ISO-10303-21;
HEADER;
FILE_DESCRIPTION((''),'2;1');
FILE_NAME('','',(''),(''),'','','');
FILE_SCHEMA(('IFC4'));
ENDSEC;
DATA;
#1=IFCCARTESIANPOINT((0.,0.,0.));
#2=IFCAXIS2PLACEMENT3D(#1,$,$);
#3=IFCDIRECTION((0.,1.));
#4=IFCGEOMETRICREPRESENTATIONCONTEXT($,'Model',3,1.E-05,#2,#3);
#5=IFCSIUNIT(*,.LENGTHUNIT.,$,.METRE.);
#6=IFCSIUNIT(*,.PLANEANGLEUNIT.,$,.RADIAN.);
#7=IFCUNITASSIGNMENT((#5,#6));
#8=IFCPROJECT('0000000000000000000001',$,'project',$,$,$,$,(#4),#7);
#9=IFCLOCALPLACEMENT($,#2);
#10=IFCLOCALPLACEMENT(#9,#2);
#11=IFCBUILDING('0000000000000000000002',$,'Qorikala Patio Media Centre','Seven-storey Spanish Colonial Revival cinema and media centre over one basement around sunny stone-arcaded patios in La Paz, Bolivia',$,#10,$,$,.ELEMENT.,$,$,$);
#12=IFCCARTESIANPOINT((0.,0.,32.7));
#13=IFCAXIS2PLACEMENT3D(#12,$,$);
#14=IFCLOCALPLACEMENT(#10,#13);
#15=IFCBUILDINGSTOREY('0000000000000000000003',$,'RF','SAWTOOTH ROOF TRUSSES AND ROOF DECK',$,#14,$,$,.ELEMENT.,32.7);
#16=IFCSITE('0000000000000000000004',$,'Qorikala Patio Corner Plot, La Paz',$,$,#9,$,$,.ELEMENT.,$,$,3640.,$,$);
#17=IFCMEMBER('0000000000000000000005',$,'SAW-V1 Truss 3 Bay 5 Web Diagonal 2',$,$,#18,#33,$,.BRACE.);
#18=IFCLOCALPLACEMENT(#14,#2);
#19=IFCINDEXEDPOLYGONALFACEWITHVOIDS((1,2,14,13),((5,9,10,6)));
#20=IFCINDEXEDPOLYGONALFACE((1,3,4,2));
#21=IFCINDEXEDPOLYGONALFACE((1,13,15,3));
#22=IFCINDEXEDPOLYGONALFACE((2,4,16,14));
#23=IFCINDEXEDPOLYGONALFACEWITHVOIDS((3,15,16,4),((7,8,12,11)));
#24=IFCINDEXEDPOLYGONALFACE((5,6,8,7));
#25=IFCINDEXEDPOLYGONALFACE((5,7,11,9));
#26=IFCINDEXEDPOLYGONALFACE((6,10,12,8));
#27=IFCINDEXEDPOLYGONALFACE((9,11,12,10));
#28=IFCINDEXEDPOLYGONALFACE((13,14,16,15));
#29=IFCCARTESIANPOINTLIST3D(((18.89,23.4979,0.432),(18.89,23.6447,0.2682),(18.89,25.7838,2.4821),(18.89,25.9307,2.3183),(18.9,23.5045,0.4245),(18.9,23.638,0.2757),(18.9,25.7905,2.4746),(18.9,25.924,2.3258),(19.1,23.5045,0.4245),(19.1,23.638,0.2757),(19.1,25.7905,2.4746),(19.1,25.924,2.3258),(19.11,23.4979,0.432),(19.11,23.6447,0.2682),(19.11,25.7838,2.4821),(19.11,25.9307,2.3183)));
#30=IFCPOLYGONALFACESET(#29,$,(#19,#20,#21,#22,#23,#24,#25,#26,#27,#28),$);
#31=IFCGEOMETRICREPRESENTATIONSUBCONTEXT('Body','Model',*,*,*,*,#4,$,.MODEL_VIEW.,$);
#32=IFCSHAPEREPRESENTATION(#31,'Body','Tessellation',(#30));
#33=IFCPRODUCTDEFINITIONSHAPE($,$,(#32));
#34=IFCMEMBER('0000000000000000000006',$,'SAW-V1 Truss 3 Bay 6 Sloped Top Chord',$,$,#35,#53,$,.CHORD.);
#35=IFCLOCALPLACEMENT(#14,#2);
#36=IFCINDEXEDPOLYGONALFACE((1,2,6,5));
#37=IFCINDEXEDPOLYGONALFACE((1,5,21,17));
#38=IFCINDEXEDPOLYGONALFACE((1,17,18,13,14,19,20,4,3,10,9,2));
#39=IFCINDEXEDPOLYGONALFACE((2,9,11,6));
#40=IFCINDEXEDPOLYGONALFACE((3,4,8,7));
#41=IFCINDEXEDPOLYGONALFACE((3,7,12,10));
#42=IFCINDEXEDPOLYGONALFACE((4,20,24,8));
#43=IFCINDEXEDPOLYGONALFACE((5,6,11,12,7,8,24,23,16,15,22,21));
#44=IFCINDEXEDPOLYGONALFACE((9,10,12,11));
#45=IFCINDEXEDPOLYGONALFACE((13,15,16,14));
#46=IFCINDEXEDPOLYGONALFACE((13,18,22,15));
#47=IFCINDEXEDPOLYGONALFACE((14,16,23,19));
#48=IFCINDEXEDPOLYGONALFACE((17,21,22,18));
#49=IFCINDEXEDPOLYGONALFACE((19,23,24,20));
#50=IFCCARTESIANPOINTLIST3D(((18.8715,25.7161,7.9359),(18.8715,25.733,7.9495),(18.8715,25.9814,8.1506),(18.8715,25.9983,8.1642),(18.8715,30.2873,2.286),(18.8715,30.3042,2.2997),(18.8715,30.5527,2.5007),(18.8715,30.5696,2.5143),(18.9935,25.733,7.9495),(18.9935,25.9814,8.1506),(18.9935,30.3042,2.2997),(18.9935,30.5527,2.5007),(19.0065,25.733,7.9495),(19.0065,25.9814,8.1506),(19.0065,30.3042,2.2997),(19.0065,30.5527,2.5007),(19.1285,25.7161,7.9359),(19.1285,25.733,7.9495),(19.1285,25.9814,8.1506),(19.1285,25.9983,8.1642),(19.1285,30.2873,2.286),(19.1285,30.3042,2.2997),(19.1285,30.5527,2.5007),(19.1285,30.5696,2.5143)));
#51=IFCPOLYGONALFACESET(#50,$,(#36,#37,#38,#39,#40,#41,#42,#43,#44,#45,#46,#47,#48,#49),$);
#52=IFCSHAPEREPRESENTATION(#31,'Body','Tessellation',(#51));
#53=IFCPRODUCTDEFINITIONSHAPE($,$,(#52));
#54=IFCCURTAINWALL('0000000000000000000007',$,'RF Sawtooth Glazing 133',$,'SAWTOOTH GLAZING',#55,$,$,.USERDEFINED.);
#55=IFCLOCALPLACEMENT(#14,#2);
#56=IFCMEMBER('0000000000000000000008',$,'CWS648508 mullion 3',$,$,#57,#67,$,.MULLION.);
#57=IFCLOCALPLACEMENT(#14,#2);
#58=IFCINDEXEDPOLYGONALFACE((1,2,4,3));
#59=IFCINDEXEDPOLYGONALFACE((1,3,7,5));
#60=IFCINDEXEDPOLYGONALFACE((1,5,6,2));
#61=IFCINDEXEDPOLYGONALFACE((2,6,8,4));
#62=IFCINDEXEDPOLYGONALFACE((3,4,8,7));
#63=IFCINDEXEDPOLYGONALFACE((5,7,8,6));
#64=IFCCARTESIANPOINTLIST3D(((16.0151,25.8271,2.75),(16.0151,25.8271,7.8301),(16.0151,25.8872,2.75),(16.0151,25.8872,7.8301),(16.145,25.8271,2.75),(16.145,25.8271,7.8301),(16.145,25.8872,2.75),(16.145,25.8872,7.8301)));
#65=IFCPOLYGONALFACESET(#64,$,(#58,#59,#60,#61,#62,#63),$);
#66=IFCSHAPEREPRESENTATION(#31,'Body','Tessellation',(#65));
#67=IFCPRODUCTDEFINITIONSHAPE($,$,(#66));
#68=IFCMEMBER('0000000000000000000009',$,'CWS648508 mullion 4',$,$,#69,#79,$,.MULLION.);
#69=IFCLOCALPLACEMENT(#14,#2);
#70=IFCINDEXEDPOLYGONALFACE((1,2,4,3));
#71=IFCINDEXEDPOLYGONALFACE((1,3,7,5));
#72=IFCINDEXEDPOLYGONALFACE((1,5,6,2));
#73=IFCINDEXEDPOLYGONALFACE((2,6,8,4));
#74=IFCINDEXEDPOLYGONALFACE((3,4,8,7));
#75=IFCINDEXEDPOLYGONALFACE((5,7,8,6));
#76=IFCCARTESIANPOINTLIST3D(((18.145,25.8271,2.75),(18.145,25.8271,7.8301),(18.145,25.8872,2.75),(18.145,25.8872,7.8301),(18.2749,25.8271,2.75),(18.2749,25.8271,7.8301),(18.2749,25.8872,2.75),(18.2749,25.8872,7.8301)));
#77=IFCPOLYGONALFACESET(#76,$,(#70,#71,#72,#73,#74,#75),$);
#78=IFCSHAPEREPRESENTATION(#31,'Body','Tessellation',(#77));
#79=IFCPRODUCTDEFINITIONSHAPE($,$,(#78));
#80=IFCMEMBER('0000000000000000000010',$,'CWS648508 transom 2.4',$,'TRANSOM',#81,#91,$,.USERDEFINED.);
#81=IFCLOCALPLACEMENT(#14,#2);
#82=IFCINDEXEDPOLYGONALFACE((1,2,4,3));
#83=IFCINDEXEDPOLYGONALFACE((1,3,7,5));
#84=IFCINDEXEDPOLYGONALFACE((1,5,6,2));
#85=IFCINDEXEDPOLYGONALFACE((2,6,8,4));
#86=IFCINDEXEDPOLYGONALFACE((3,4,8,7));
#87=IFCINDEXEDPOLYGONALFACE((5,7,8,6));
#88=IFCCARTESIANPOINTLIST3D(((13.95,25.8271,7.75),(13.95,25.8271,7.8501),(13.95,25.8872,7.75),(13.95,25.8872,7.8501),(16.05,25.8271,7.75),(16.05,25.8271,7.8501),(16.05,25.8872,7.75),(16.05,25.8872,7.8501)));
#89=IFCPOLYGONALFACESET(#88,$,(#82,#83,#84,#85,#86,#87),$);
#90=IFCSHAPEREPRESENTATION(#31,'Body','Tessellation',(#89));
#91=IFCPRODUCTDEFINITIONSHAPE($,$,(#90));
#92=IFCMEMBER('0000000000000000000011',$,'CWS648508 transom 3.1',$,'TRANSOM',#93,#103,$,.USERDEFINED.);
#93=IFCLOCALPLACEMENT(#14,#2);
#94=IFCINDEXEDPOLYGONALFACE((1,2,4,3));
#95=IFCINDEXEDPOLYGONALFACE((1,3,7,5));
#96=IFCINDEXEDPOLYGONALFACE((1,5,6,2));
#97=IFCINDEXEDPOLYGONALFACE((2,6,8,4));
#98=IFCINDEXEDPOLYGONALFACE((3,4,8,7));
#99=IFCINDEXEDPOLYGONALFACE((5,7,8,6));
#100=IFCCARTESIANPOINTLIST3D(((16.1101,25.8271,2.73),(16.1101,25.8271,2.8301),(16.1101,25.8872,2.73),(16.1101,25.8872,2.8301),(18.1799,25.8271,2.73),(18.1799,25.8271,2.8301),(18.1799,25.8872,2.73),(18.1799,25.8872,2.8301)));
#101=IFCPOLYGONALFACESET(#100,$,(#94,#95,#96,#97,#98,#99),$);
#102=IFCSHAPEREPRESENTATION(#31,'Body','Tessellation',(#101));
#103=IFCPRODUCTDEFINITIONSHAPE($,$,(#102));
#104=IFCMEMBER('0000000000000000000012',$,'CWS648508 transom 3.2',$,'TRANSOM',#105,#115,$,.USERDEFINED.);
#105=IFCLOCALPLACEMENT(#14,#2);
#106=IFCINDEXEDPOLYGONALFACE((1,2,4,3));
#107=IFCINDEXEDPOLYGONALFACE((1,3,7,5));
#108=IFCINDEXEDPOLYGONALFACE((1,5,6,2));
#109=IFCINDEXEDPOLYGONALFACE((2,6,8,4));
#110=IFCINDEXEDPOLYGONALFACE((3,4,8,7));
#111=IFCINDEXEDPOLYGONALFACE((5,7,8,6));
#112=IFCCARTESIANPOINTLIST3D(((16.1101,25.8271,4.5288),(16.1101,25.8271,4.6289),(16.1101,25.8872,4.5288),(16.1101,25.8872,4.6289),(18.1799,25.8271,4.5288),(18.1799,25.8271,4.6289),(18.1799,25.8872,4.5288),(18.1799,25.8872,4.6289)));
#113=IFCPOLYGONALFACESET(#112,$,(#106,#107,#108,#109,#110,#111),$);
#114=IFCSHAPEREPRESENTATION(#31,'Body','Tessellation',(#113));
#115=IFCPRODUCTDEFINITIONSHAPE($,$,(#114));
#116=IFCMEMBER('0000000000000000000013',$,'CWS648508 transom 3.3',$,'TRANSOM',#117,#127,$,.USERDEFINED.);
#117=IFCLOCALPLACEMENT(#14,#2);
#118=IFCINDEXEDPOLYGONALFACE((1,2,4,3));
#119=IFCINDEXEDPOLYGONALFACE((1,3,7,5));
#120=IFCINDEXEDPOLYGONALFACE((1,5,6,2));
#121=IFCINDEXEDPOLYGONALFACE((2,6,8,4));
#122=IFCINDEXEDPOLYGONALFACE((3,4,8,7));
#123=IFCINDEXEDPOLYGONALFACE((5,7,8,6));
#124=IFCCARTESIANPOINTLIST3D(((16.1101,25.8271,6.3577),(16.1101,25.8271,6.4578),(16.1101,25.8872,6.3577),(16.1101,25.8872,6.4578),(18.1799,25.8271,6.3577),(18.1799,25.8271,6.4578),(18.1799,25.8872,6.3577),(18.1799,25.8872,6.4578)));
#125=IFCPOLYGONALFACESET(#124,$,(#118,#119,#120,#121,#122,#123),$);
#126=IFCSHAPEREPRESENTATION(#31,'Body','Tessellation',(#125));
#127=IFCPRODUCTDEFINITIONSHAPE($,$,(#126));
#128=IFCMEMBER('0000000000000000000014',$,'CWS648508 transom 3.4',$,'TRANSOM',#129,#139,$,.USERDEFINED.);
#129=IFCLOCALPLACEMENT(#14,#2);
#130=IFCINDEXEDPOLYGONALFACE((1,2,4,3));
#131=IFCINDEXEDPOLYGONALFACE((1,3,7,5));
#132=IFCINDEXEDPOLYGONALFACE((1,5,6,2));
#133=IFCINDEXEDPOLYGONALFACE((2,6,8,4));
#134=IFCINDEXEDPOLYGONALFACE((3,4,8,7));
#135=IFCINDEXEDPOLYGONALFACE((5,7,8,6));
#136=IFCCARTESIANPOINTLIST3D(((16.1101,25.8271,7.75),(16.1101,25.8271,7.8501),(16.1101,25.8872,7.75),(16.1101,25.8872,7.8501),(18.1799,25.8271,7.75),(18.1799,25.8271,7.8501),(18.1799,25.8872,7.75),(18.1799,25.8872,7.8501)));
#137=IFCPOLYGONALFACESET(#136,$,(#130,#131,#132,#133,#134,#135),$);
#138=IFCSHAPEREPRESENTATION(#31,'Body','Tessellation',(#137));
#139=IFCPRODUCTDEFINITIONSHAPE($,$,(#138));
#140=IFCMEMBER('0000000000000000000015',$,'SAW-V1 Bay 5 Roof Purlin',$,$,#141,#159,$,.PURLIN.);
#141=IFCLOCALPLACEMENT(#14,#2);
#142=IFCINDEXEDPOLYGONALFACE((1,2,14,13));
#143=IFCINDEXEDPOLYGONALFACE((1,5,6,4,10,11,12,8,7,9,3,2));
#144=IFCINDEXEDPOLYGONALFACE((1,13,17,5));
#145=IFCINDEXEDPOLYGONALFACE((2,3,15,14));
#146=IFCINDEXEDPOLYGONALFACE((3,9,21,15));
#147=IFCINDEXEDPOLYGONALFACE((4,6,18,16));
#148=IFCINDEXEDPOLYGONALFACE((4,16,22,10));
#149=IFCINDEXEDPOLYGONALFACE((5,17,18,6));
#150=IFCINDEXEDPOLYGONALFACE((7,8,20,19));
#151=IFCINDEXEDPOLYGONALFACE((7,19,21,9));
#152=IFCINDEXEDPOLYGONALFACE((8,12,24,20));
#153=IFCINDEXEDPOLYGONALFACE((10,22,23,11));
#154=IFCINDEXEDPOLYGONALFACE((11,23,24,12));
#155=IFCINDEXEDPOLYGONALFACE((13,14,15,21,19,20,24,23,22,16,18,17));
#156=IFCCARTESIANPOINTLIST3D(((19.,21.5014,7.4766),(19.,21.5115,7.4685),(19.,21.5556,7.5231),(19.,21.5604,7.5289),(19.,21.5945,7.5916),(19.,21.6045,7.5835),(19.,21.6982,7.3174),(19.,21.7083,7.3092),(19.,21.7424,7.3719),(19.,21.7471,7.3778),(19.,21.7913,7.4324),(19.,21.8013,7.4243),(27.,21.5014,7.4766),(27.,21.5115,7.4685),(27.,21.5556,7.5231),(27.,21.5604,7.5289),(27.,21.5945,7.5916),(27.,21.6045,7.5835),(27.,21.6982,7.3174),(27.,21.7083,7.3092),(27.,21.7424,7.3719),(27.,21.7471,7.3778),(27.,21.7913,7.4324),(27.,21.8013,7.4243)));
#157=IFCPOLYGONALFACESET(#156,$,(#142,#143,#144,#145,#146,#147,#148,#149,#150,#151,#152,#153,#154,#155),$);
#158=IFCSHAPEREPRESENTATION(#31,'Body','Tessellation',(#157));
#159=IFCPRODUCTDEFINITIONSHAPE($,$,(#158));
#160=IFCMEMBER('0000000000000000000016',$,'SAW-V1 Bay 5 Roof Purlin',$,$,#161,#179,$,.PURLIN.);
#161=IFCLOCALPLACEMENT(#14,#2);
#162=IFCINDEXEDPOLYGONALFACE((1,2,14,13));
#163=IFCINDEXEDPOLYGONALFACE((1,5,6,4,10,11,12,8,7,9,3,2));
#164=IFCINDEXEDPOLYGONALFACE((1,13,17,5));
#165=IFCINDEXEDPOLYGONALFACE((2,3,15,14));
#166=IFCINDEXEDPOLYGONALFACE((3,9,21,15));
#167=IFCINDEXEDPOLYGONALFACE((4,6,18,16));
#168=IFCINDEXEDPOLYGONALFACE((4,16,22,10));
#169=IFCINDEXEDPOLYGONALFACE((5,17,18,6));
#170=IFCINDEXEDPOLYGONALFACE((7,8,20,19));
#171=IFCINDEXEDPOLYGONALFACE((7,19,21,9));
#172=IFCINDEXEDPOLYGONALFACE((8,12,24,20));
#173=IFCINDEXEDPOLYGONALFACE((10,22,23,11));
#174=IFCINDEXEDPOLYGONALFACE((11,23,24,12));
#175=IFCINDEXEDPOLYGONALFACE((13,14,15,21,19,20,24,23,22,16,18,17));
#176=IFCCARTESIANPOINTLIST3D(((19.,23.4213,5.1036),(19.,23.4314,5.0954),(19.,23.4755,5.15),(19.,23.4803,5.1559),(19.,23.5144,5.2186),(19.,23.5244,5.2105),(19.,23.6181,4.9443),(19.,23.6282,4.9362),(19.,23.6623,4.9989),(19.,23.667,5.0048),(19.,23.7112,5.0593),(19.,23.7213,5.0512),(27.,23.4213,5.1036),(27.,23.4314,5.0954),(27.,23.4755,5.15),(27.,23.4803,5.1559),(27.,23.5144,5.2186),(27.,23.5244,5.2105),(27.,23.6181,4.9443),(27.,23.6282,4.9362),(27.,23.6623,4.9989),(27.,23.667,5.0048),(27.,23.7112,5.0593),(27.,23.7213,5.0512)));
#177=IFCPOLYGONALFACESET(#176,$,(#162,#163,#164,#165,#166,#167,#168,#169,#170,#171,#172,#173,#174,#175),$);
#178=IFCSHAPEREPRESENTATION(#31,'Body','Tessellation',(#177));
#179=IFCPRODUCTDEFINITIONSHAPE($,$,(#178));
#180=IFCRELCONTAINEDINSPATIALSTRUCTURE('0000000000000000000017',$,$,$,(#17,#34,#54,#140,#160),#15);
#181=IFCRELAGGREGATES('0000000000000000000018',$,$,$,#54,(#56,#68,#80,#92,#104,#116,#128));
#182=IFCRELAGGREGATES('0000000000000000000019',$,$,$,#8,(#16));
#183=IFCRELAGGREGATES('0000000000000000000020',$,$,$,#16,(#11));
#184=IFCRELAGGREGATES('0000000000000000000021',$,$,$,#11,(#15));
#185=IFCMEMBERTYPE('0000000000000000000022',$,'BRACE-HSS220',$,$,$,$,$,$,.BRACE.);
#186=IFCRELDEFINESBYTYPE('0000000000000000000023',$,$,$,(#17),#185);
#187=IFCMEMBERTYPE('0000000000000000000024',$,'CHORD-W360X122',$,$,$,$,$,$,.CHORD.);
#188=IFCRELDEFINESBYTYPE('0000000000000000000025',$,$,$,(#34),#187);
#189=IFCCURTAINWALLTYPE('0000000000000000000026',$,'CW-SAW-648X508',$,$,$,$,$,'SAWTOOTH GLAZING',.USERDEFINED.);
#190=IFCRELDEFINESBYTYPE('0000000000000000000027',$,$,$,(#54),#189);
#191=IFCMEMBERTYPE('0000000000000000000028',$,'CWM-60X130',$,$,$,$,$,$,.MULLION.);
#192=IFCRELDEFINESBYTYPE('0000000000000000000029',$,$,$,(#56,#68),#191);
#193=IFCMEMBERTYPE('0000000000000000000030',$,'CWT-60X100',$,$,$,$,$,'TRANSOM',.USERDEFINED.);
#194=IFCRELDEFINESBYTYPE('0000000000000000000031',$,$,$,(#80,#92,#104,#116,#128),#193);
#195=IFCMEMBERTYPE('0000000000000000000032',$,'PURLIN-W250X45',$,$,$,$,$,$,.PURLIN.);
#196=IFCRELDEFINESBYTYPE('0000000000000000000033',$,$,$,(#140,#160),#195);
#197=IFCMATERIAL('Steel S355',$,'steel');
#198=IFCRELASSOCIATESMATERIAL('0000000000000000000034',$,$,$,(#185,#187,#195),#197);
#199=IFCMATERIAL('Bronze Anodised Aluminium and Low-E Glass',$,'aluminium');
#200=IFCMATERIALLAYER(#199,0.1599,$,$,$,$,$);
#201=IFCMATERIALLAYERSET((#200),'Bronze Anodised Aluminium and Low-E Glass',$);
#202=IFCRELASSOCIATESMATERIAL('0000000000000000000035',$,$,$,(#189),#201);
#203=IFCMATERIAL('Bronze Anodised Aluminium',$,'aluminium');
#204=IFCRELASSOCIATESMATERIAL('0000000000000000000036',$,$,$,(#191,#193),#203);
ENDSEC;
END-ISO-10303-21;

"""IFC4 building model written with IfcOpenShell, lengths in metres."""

from ifc_helpers import new_model, si_unit, direction, frame, origin, origin_2d, place, context, subcontext, project, spatial, rectangle, hollow_rectangle, i_section, extrude, material, layer, layer_set, material_profile, profile_set, type_object, element, aggregate, save


model = new_model("IFC4")

# Units and contexts
model_context = context("Model", 3, precision=1e-05, world=origin(), true_north=direction((0.0, 1.0)))
body_context = subcontext(model_context, "Body", "Model", "MODEL_VIEW")
ifc_project = project(units=[si_unit("LENGTHUNIT", "METRE"), si_unit("PLANEANGLEUNIT", "RADIAN")], contexts=[model_context])

# Site, building, storey
site_placement = place(None, origin())
site = spatial("IfcSite", under=ifc_project, at=site_placement, Name="Qorikala Patio Corner Plot, La Paz", CompositionType="ELEMENT", RefElevation=3640.0)
building_placement = place(site_placement, origin())
building = spatial("IfcBuilding", under=site, at=building_placement, Name="Qorikala Patio Media Centre", Description="Seven-storey Spanish Colonial Revival cinema and media centre over one basement around sunny stone-arcaded patios in La Paz, Bolivia", CompositionType="ELEMENT")
storey_placement = place(building_placement, frame((0.0, 0.0, 32.7)))
storey = spatial("IfcBuildingStorey", under=building, at=storey_placement, Name="RF", Description="SAWTOOTH ROOF TRUSSES AND ROOF DECK", CompositionType="ELEMENT", Elevation=32.7)

# Members
ifc_material_1 = material(Name="Steel S355", Category="steel")
ifc_material_profile_1 = material_profile(ifc_material_1, hollow_rectangle(XDim=0.22, YDim=0.22, WallThickness=0.01, at=origin_2d()), Name="HSS220X220X10")
ifc_profile_set_1 = profile_set([ifc_material_profile_1], Name="Steel S355")
member_type_1 = type_object("IfcMemberType", Name="BRACE-HSS220", PredefinedType="BRACE", material=ifc_profile_set_1)
member_1_placement = place(storey_placement, frame((19.0, 23.5713, 0.3501), z_axis=(0.0, 0.744467, 0.667659), x_axis=(-1.0, 0.0, 0.0)))
element("IfcMember", 1, at=member_1_placement, inside=storey, type_object=member_type_1, Name="SAW-V1 Truss 3 Bay 5 Web Diagonal 2", PredefinedType="BRACE", context=body_context, shape_type="SweptSolid", body=[
    extrude(hollow_rectangle(XDim=0.22, YDim=0.22, WallThickness=0.01, at=origin_2d()), origin(), (0.0, 0.0, 1.0), 3.0706),
])
ifc_material_profile_2 = material_profile(ifc_material_1, i_section(OverallWidth=0.2571, OverallDepth=0.363, WebThickness=0.0129, FlangeThickness=0.0217, at=origin_2d()), Name="W360X122")
ifc_profile_set_2 = profile_set([ifc_material_profile_2], Name="Steel S355")
member_type_2 = type_object("IfcMemberType", Name="CHORD-W360X122", PredefinedType="CHORD", material=ifc_profile_set_2)
member_2_placement = place(storey_placement, frame((19.0, 25.8572, 8.05), z_axis=(0.0, 0.628995, -0.777409), x_axis=(-1.0, 0.0, 0.0)))
element("IfcMember", 2, at=member_2_placement, inside=storey, type_object=member_type_2, Name="SAW-V1 Truss 3 Bay 6 Sloped Top Chord", PredefinedType="CHORD", context=body_context, shape_type="SweptSolid", body=[
    extrude(i_section(OverallWidth=0.2571, OverallDepth=0.363, WebThickness=0.0129, FlangeThickness=0.0217, at=origin_2d()), origin(), (0.0, 0.0, 1.0), 7.2676),
])

# Curtain wall, members
ifc_material_2 = material(Name="Bronze Anodised Aluminium and Low-E Glass", Category="aluminium")
ifc_layer_1 = layer(ifc_material_2, 0.1599)
ifc_layer_set_1 = layer_set([ifc_layer_1], Name="Bronze Anodised Aluminium and Low-E Glass")
curtain_wall_type = type_object("IfcCurtainWallType", Name="CW-SAW-648X508", ElementType="SAWTOOTH GLAZING", PredefinedType="USERDEFINED", material=ifc_layer_set_1)
curtain_wall_placement = place(storey_placement, origin())
curtain_wall = element("IfcCurtainWall", 3, at=curtain_wall_placement, inside=storey, type_object=curtain_wall_type, Name="RF Sawtooth Glazing 133", ObjectType="SAWTOOTH GLAZING", PredefinedType="USERDEFINED")
ifc_material_3 = material(Name="Bronze Anodised Aluminium", Category="aluminium")
ifc_material_profile_3 = material_profile(ifc_material_3, rectangle(XDim=0.0601, YDim=0.1299, at=origin_2d()), Name="ALU MULLION 60x130")
ifc_profile_set_3 = profile_set([ifc_material_profile_3], Name="Bronze Anodised Aluminium")
member_type_3 = type_object("IfcMemberType", Name="CWM-60X130", PredefinedType="MULLION", material=ifc_profile_set_3)
member_3_placement = place(storey_placement, frame((16.0801, 25.8572, 2.75), z_axis=(0.0, 0.0, 1.0), x_axis=(0.0, 1.0, 0.0)))
member_3 = element("IfcMember", 4, at=member_3_placement, type_object=member_type_3, Name="CWS648508 mullion 3", PredefinedType="MULLION", context=body_context, shape_type="SweptSolid", body=[
    extrude(rectangle(XDim=0.0601, YDim=0.1299, at=origin_2d()), origin(), (0.0, 0.0, 1.0), 5.0801),
])
member_4_placement = place(storey_placement, frame((18.21, 25.8572, 2.75), z_axis=(0.0, 0.0, 1.0), x_axis=(0.0, 1.0, 0.0)))
member_4 = element("IfcMember", 5, at=member_4_placement, type_object=member_type_3, Name="CWS648508 mullion 4", PredefinedType="MULLION", context=body_context, shape_type="SweptSolid", body=[
    extrude(rectangle(XDim=0.0601, YDim=0.1299, at=origin_2d()), origin(), (0.0, 0.0, 1.0), 5.0801),
])
ifc_material_profile_4 = material_profile(ifc_material_3, rectangle(XDim=0.0601, YDim=0.1001, at=origin_2d()), Name="ALU TRANSOM 60x100")
ifc_profile_set_4 = profile_set([ifc_material_profile_4], Name="Bronze Anodised Aluminium")
member_type_4 = type_object("IfcMemberType", Name="CWT-60X100", ElementType="TRANSOM", PredefinedType="USERDEFINED", material=ifc_profile_set_4)
member_5_placement = place(storey_placement, frame((13.95, 25.8572, 7.8), z_axis=(1.0, 0.0, 0.0), x_axis=(0.0, 1.0, 0.0)))
member_5 = element("IfcMember", 6, at=member_5_placement, type_object=member_type_4, Name="CWS648508 transom 2.4", ObjectType="TRANSOM", PredefinedType="USERDEFINED", context=body_context, shape_type="SweptSolid", body=[
    extrude(rectangle(XDim=0.0601, YDim=0.1001, at=origin_2d()), origin(), (0.0, 0.0, 1.0), 2.1001),
])
member_6_placement = place(storey_placement, frame((16.1101, 25.8572, 2.78), z_axis=(1.0, 0.0, 0.0), x_axis=(0.0, 1.0, 0.0)))
member_6 = element("IfcMember", 7, at=member_6_placement, type_object=member_type_4, Name="CWS648508 transom 3.1", ObjectType="TRANSOM", PredefinedType="USERDEFINED", context=body_context, shape_type="SweptSolid", body=[
    extrude(rectangle(XDim=0.0601, YDim=0.1001, at=origin_2d()), origin(), (0.0, 0.0, 1.0), 2.0698),
])
member_7_placement = place(storey_placement, frame((16.1101, 25.8572, 4.5789), z_axis=(1.0, 0.0, 0.0), x_axis=(0.0, 1.0, 0.0)))
member_7 = element("IfcMember", 8, at=member_7_placement, type_object=member_type_4, Name="CWS648508 transom 3.2", ObjectType="TRANSOM", PredefinedType="USERDEFINED", context=body_context, shape_type="SweptSolid", body=[
    extrude(rectangle(XDim=0.0601, YDim=0.1001, at=origin_2d()), origin(), (0.0, 0.0, 1.0), 2.0698),
])
member_8_placement = place(storey_placement, frame((16.1101, 25.8572, 6.4077), z_axis=(1.0, 0.0, 0.0), x_axis=(0.0, 1.0, 0.0)))
member_8 = element("IfcMember", 9, at=member_8_placement, type_object=member_type_4, Name="CWS648508 transom 3.3", ObjectType="TRANSOM", PredefinedType="USERDEFINED", context=body_context, shape_type="SweptSolid", body=[
    extrude(rectangle(XDim=0.0601, YDim=0.1001, at=origin_2d()), origin(), (0.0, 0.0, 1.0), 2.0698),
])
member_9_placement = place(storey_placement, frame((16.1101, 25.8572, 7.8), z_axis=(1.0, 0.0, 0.0), x_axis=(0.0, 1.0, 0.0)))
member_9 = element("IfcMember", 10, at=member_9_placement, type_object=member_type_4, Name="CWS648508 transom 3.4", ObjectType="TRANSOM", PredefinedType="USERDEFINED", context=body_context, shape_type="SweptSolid", body=[
    extrude(rectangle(XDim=0.0601, YDim=0.1001, at=origin_2d()), origin(), (0.0, 0.0, 1.0), 2.0698),
])

# Members
ifc_material_profile_5 = material_profile(ifc_material_1, i_section(OverallWidth=0.1479, OverallDepth=0.2661, WebThickness=0.0076, FlangeThickness=0.0129, at=origin_2d()), Name="W250X45")
ifc_profile_set_5 = profile_set([ifc_material_profile_5], Name="Steel S355")
member_type_5 = type_object("IfcMemberType", Name="PURLIN-W250X45", PredefinedType="PURLIN", material=ifc_profile_set_5)
for number, where, z_axis, x_axis, name in (
    (11, (19.0, 21.6514, 7.4504), (1.0, 0.0, 0.0), (0.0, 0.628995, 0.77741), "SAW-V1 Bay 5 Roof Purlin"),
    (12, (19.0, 23.5713, 5.0774), (1.0, 0.0, 0.0), (0.0, 0.628995, 0.77741), "SAW-V1 Bay 5 Roof Purlin"),
):
    element("IfcMember", number, at=place(storey_placement, frame(where, z_axis=z_axis, x_axis=x_axis)), inside=storey, type_object=member_type_5, Name=name, PredefinedType="PURLIN", context=body_context, shape_type="SweptSolid", body=[
        extrude(i_section(OverallWidth=0.1479, OverallDepth=0.2661, WebThickness=0.0076, FlangeThickness=0.0129, at=origin_2d()), origin(), (0.0, 0.0, 1.0), 8.0),
    ])

aggregate(curtain_wall, [member_3, member_4, member_5, member_6, member_7, member_8, member_9])

save(model, "model.ifc")
